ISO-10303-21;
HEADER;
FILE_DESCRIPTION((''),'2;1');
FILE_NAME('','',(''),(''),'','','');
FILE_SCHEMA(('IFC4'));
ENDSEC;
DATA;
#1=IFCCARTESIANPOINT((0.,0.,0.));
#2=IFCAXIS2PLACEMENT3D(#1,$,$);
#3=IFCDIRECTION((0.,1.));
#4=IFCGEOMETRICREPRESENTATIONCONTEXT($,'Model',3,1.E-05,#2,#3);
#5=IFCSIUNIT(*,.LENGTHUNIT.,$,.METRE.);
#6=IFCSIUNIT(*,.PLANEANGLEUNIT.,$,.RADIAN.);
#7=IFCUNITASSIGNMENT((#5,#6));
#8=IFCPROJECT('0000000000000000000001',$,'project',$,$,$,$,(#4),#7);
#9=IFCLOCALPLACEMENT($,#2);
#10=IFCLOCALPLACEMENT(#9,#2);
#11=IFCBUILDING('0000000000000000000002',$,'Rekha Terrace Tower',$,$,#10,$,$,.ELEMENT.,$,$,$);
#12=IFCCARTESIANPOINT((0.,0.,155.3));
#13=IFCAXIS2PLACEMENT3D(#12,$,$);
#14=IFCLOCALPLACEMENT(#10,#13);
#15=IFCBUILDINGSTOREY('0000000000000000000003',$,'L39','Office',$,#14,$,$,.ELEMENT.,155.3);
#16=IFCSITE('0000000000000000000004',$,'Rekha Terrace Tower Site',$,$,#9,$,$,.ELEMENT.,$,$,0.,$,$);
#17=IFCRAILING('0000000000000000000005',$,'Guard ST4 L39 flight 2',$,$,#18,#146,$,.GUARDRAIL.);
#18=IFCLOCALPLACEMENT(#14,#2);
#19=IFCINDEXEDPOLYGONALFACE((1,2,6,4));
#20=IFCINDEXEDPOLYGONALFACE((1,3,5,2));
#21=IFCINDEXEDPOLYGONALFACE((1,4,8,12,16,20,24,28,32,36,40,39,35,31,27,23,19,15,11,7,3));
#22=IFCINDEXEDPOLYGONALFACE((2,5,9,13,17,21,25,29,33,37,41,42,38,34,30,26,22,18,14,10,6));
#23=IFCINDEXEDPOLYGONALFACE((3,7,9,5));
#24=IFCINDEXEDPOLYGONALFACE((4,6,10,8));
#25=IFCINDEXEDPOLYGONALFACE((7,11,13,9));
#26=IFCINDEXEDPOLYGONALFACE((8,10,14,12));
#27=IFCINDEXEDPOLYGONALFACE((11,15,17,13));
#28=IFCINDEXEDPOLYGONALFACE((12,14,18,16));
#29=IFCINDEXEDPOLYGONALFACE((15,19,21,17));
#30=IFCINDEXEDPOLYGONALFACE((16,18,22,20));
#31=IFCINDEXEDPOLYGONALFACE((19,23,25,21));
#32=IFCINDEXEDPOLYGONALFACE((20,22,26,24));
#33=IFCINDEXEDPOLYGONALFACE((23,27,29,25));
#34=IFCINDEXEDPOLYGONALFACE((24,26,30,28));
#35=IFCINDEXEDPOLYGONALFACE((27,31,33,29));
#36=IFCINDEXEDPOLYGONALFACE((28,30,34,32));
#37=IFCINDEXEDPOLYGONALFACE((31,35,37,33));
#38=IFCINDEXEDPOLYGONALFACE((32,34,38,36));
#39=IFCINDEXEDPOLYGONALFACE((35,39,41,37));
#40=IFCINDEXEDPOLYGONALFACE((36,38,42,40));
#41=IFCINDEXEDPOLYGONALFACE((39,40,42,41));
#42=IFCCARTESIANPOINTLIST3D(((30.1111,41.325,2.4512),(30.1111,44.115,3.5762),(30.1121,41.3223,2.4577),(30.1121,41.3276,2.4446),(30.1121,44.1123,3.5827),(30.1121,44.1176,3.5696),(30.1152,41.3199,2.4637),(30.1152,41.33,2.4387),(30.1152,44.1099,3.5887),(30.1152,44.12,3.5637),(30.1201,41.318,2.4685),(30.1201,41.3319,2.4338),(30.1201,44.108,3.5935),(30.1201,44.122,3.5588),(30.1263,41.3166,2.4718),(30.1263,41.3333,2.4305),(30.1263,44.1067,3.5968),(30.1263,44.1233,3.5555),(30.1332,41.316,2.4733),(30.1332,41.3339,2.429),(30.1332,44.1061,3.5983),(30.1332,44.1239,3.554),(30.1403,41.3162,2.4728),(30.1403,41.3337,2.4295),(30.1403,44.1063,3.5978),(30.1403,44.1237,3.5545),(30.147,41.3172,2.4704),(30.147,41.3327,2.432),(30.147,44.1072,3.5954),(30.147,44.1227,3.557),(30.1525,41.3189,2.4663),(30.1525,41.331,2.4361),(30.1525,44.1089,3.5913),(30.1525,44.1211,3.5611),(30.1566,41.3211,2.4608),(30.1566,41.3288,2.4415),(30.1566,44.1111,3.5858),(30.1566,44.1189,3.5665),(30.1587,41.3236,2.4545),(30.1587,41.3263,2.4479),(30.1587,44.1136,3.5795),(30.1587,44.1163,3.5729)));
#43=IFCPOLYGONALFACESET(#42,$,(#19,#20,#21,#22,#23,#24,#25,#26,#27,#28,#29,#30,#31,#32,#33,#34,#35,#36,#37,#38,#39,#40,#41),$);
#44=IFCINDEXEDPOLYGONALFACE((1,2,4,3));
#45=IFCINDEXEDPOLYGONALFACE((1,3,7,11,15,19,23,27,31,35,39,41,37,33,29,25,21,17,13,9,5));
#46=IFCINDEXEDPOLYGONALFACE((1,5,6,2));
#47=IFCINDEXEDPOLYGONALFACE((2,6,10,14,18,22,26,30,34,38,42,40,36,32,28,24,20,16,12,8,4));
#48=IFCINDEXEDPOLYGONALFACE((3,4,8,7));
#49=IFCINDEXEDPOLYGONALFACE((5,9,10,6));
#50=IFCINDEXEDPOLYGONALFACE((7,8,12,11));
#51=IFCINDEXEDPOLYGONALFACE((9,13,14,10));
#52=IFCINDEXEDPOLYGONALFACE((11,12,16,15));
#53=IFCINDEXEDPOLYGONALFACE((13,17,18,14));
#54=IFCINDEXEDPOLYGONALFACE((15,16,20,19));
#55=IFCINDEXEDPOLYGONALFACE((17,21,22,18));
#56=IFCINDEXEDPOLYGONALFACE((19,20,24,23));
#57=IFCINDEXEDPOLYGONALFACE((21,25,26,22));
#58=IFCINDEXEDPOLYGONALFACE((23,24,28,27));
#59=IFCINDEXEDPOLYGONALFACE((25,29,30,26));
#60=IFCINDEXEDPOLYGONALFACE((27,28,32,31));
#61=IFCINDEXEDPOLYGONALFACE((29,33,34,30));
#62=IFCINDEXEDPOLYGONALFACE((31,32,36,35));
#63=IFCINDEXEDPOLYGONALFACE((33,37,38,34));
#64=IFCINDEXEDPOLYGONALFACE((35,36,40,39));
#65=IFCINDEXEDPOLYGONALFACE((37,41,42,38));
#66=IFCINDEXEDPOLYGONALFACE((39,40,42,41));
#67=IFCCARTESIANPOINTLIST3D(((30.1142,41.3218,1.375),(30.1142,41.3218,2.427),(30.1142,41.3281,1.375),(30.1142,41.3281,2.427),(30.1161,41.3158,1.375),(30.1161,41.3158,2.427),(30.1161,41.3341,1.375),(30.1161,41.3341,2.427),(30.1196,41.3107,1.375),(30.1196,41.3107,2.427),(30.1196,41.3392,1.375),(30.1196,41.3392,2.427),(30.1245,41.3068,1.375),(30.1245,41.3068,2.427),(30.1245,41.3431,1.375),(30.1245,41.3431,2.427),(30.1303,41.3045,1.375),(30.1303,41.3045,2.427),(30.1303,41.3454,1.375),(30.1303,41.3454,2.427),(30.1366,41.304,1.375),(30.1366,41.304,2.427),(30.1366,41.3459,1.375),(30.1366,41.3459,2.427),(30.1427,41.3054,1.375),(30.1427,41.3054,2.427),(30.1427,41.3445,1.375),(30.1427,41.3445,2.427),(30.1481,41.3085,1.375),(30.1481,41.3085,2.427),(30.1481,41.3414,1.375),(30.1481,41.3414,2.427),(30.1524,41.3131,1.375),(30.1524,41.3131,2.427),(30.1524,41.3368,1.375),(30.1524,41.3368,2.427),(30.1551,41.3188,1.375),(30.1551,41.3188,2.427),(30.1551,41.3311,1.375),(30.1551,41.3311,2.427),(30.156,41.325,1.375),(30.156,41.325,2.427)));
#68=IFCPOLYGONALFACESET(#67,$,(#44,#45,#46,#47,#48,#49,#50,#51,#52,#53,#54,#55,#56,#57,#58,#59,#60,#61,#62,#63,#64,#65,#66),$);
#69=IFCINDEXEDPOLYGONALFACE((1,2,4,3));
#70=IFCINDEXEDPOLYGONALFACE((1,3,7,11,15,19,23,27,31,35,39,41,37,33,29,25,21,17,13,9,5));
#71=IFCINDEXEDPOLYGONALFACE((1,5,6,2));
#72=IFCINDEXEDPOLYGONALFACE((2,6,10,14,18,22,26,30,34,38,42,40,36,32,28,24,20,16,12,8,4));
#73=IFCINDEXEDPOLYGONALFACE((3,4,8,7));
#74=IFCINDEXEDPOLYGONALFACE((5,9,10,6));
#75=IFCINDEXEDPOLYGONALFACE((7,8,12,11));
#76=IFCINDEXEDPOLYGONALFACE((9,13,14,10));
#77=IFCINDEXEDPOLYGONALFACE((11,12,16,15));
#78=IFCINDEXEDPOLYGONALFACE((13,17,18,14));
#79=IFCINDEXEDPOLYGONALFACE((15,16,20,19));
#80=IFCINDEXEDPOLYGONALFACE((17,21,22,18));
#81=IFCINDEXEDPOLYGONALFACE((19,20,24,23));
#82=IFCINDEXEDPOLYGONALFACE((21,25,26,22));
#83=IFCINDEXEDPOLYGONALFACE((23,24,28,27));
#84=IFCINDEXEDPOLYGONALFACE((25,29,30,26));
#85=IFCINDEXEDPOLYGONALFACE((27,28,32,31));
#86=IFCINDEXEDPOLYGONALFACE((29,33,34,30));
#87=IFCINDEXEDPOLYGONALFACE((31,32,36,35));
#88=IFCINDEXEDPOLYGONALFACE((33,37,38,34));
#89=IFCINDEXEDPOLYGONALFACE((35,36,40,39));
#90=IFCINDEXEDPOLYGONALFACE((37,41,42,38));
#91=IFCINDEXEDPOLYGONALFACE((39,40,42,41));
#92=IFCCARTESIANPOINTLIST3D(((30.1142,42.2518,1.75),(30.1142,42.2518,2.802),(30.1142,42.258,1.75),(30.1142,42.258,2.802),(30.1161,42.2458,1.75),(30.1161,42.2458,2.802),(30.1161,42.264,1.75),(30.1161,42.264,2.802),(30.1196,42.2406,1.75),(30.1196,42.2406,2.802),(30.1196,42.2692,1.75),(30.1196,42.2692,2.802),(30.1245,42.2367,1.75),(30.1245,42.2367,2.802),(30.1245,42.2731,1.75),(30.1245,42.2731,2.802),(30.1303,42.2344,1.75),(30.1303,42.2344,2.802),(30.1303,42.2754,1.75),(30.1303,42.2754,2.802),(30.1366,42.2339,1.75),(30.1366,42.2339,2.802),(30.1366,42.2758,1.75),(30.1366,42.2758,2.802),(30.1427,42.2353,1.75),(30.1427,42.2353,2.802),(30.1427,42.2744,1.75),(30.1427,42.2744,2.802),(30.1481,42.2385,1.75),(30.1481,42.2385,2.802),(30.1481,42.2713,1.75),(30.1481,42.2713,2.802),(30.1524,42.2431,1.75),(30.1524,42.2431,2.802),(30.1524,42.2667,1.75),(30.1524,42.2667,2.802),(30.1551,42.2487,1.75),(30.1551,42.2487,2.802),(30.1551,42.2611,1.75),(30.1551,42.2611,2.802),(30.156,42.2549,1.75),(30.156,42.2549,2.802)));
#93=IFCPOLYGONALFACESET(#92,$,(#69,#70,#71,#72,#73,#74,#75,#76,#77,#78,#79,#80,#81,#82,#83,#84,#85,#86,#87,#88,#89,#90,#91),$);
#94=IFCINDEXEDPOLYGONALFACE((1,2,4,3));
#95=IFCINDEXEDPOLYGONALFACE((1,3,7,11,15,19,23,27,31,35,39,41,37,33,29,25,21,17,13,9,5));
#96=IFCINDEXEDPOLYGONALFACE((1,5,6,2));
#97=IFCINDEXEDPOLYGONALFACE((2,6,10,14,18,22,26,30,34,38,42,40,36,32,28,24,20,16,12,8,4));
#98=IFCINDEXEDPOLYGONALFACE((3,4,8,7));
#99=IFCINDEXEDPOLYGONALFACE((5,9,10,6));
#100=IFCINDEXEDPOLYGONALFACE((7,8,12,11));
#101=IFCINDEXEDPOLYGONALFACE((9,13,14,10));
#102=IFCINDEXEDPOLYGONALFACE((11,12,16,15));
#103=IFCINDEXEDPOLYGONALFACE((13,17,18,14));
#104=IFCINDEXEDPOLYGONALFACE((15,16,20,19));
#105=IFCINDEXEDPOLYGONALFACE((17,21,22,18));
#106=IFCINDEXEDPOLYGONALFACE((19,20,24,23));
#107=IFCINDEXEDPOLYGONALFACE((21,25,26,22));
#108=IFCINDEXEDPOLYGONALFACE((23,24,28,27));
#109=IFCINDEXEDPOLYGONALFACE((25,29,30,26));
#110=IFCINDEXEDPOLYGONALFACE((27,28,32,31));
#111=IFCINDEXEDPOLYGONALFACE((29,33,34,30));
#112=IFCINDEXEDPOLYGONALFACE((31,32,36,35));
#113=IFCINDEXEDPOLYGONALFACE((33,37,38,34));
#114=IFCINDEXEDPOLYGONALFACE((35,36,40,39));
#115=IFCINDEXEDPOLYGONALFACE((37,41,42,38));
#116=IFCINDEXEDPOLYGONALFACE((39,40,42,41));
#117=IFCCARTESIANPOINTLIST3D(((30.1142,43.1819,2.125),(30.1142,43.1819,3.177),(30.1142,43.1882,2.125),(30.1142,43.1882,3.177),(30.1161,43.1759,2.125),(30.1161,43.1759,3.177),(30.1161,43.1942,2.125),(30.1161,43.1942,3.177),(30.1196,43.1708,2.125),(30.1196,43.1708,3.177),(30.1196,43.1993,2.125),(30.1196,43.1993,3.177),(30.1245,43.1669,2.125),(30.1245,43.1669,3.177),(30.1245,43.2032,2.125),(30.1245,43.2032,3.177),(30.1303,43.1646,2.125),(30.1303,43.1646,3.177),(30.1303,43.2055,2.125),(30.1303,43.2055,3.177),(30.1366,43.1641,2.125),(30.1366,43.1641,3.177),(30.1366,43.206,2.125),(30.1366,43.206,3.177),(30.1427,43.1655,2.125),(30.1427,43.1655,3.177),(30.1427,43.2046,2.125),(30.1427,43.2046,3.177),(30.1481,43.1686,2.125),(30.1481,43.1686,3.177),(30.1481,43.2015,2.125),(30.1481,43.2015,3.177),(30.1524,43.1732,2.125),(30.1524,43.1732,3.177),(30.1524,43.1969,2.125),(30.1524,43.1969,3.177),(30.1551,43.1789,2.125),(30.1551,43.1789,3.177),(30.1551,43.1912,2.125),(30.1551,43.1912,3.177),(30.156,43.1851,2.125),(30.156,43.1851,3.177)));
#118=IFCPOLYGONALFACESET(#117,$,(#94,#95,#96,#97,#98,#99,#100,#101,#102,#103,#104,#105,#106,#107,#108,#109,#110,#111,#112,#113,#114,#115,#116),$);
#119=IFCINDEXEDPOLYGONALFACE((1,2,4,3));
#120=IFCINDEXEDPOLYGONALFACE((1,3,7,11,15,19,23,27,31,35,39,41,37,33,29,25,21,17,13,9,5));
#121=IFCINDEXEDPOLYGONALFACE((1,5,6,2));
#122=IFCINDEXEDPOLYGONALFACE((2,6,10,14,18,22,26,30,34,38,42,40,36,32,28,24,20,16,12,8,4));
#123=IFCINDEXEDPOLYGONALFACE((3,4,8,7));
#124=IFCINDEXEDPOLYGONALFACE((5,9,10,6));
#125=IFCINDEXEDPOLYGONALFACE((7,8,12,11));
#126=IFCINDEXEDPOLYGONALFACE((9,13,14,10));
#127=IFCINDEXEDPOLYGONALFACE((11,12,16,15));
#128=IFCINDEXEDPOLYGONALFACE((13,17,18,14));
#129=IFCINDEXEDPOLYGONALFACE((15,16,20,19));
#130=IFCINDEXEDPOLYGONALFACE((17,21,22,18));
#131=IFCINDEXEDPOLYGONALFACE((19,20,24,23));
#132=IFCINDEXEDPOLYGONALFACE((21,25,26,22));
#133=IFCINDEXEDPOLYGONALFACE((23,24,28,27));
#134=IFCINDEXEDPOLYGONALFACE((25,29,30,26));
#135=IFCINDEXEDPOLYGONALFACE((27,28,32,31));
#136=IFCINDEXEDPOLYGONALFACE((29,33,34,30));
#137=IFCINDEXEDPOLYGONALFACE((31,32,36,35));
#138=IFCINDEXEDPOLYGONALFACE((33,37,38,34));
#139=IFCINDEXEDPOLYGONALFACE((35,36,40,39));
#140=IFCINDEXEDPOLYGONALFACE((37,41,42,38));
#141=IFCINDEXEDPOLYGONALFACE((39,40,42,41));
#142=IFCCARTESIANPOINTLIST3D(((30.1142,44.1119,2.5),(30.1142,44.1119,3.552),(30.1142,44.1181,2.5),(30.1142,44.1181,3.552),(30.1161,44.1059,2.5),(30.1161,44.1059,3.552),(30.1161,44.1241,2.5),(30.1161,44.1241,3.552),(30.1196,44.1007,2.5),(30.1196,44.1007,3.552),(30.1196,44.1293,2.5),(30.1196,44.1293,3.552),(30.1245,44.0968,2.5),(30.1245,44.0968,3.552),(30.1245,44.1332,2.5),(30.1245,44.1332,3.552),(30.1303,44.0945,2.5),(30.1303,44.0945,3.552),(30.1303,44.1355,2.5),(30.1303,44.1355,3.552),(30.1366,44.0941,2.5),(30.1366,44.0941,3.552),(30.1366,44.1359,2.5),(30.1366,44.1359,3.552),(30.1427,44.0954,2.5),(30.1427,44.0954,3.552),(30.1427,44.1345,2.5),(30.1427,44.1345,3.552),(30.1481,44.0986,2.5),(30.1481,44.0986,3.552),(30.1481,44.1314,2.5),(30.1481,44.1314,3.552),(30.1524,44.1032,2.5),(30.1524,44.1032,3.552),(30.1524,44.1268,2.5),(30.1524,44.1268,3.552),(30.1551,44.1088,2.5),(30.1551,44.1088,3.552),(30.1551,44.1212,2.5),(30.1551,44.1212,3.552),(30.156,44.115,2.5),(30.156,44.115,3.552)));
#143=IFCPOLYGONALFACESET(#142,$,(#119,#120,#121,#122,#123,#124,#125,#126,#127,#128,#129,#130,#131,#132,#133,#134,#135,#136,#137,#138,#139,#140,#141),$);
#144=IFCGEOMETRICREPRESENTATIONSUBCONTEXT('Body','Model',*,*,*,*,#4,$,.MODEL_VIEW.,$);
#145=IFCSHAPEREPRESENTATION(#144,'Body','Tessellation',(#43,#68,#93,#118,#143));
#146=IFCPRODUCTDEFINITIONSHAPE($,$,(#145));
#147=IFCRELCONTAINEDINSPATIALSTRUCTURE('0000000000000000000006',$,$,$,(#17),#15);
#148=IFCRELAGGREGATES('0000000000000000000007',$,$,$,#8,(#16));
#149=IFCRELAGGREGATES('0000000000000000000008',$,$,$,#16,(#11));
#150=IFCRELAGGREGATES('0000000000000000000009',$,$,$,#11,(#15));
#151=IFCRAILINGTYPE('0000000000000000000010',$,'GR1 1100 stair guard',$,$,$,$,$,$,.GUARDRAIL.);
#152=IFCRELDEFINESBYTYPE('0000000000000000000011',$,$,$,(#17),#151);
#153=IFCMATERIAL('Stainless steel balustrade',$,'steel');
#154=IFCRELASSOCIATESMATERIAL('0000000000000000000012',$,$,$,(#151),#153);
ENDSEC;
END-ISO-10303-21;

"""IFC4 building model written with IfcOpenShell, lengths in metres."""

from ifc_helpers import new_model, si_unit, direction, frame, origin, origin_2d, place, context, subcontext, project, spatial, circle, extrude, material, type_object, element, save


model = new_model("IFC4")

# Units and contexts
model_context = context("Model", 3, precision=1e-05, world=origin(), true_north=direction((0.0, 1.0)))
body_context = subcontext(model_context, "Body", "Model", "MODEL_VIEW")
ifc_project = project(units=[si_unit("LENGTHUNIT", "METRE"), si_unit("PLANEANGLEUNIT", "RADIAN")], contexts=[model_context])

# Site, building, storey
site_placement = place(None, origin())
site = spatial("IfcSite", under=ifc_project, at=site_placement, Name="Rekha Terrace Tower Site", CompositionType="ELEMENT", RefElevation=0.0)
building_placement = place(site_placement, origin())
building = spatial("IfcBuilding", under=site, at=building_placement, Name="Rekha Terrace Tower", CompositionType="ELEMENT")
storey_placement = place(building_placement, frame((0.0, 0.0, 155.3)))
storey = spatial("IfcBuildingStorey", under=building, at=storey_placement, Name="L39", Description="Office", CompositionType="ELEMENT", Elevation=155.3)

# Railing
ifc_material_1 = material(Name="Stainless steel balustrade", Category="steel")
railing_type_1 = type_object("IfcRailingType", Name="GR1 1100 stair guard", PredefinedType="GUARDRAIL", material=ifc_material_1)
railing_1_placement = place(storey_placement, frame((30.135, 41.325, 1.375)))
element("IfcRailing", 1, at=railing_1_placement, inside=storey, type_object=railing_type_1, Name="Guard ST4 L39 flight 2", PredefinedType="GUARDRAIL", context=body_context, shape_type="SweptSolid", body=[
    extrude(circle(Radius=0.0239, at=origin_2d()), frame((0.0, 0.0, 1.0762), z_axis=(0.0, 0.927443, 0.373964), x_axis=(-1.0, 0.0, 0.0)), (0.0, 0.0, 1.0), 3.0083),
    extrude(circle(Radius=0.021, at=origin_2d()), origin(), (0.0, 0.0, 1.0), 1.052),
    extrude(circle(Radius=0.021, at=origin_2d()), frame((0.0, 0.9299, 0.375)), (0.0, 0.0, 1.0), 1.052),
    extrude(circle(Radius=0.021, at=origin_2d()), frame((0.0, 1.8601, 0.75)), (0.0, 0.0, 1.0), 1.052),
    extrude(circle(Radius=0.021, at=origin_2d()), frame((0.0, 2.79, 1.125)), (0.0, 0.0, 1.0), 1.052),
])

save(model, "model.ifc")
